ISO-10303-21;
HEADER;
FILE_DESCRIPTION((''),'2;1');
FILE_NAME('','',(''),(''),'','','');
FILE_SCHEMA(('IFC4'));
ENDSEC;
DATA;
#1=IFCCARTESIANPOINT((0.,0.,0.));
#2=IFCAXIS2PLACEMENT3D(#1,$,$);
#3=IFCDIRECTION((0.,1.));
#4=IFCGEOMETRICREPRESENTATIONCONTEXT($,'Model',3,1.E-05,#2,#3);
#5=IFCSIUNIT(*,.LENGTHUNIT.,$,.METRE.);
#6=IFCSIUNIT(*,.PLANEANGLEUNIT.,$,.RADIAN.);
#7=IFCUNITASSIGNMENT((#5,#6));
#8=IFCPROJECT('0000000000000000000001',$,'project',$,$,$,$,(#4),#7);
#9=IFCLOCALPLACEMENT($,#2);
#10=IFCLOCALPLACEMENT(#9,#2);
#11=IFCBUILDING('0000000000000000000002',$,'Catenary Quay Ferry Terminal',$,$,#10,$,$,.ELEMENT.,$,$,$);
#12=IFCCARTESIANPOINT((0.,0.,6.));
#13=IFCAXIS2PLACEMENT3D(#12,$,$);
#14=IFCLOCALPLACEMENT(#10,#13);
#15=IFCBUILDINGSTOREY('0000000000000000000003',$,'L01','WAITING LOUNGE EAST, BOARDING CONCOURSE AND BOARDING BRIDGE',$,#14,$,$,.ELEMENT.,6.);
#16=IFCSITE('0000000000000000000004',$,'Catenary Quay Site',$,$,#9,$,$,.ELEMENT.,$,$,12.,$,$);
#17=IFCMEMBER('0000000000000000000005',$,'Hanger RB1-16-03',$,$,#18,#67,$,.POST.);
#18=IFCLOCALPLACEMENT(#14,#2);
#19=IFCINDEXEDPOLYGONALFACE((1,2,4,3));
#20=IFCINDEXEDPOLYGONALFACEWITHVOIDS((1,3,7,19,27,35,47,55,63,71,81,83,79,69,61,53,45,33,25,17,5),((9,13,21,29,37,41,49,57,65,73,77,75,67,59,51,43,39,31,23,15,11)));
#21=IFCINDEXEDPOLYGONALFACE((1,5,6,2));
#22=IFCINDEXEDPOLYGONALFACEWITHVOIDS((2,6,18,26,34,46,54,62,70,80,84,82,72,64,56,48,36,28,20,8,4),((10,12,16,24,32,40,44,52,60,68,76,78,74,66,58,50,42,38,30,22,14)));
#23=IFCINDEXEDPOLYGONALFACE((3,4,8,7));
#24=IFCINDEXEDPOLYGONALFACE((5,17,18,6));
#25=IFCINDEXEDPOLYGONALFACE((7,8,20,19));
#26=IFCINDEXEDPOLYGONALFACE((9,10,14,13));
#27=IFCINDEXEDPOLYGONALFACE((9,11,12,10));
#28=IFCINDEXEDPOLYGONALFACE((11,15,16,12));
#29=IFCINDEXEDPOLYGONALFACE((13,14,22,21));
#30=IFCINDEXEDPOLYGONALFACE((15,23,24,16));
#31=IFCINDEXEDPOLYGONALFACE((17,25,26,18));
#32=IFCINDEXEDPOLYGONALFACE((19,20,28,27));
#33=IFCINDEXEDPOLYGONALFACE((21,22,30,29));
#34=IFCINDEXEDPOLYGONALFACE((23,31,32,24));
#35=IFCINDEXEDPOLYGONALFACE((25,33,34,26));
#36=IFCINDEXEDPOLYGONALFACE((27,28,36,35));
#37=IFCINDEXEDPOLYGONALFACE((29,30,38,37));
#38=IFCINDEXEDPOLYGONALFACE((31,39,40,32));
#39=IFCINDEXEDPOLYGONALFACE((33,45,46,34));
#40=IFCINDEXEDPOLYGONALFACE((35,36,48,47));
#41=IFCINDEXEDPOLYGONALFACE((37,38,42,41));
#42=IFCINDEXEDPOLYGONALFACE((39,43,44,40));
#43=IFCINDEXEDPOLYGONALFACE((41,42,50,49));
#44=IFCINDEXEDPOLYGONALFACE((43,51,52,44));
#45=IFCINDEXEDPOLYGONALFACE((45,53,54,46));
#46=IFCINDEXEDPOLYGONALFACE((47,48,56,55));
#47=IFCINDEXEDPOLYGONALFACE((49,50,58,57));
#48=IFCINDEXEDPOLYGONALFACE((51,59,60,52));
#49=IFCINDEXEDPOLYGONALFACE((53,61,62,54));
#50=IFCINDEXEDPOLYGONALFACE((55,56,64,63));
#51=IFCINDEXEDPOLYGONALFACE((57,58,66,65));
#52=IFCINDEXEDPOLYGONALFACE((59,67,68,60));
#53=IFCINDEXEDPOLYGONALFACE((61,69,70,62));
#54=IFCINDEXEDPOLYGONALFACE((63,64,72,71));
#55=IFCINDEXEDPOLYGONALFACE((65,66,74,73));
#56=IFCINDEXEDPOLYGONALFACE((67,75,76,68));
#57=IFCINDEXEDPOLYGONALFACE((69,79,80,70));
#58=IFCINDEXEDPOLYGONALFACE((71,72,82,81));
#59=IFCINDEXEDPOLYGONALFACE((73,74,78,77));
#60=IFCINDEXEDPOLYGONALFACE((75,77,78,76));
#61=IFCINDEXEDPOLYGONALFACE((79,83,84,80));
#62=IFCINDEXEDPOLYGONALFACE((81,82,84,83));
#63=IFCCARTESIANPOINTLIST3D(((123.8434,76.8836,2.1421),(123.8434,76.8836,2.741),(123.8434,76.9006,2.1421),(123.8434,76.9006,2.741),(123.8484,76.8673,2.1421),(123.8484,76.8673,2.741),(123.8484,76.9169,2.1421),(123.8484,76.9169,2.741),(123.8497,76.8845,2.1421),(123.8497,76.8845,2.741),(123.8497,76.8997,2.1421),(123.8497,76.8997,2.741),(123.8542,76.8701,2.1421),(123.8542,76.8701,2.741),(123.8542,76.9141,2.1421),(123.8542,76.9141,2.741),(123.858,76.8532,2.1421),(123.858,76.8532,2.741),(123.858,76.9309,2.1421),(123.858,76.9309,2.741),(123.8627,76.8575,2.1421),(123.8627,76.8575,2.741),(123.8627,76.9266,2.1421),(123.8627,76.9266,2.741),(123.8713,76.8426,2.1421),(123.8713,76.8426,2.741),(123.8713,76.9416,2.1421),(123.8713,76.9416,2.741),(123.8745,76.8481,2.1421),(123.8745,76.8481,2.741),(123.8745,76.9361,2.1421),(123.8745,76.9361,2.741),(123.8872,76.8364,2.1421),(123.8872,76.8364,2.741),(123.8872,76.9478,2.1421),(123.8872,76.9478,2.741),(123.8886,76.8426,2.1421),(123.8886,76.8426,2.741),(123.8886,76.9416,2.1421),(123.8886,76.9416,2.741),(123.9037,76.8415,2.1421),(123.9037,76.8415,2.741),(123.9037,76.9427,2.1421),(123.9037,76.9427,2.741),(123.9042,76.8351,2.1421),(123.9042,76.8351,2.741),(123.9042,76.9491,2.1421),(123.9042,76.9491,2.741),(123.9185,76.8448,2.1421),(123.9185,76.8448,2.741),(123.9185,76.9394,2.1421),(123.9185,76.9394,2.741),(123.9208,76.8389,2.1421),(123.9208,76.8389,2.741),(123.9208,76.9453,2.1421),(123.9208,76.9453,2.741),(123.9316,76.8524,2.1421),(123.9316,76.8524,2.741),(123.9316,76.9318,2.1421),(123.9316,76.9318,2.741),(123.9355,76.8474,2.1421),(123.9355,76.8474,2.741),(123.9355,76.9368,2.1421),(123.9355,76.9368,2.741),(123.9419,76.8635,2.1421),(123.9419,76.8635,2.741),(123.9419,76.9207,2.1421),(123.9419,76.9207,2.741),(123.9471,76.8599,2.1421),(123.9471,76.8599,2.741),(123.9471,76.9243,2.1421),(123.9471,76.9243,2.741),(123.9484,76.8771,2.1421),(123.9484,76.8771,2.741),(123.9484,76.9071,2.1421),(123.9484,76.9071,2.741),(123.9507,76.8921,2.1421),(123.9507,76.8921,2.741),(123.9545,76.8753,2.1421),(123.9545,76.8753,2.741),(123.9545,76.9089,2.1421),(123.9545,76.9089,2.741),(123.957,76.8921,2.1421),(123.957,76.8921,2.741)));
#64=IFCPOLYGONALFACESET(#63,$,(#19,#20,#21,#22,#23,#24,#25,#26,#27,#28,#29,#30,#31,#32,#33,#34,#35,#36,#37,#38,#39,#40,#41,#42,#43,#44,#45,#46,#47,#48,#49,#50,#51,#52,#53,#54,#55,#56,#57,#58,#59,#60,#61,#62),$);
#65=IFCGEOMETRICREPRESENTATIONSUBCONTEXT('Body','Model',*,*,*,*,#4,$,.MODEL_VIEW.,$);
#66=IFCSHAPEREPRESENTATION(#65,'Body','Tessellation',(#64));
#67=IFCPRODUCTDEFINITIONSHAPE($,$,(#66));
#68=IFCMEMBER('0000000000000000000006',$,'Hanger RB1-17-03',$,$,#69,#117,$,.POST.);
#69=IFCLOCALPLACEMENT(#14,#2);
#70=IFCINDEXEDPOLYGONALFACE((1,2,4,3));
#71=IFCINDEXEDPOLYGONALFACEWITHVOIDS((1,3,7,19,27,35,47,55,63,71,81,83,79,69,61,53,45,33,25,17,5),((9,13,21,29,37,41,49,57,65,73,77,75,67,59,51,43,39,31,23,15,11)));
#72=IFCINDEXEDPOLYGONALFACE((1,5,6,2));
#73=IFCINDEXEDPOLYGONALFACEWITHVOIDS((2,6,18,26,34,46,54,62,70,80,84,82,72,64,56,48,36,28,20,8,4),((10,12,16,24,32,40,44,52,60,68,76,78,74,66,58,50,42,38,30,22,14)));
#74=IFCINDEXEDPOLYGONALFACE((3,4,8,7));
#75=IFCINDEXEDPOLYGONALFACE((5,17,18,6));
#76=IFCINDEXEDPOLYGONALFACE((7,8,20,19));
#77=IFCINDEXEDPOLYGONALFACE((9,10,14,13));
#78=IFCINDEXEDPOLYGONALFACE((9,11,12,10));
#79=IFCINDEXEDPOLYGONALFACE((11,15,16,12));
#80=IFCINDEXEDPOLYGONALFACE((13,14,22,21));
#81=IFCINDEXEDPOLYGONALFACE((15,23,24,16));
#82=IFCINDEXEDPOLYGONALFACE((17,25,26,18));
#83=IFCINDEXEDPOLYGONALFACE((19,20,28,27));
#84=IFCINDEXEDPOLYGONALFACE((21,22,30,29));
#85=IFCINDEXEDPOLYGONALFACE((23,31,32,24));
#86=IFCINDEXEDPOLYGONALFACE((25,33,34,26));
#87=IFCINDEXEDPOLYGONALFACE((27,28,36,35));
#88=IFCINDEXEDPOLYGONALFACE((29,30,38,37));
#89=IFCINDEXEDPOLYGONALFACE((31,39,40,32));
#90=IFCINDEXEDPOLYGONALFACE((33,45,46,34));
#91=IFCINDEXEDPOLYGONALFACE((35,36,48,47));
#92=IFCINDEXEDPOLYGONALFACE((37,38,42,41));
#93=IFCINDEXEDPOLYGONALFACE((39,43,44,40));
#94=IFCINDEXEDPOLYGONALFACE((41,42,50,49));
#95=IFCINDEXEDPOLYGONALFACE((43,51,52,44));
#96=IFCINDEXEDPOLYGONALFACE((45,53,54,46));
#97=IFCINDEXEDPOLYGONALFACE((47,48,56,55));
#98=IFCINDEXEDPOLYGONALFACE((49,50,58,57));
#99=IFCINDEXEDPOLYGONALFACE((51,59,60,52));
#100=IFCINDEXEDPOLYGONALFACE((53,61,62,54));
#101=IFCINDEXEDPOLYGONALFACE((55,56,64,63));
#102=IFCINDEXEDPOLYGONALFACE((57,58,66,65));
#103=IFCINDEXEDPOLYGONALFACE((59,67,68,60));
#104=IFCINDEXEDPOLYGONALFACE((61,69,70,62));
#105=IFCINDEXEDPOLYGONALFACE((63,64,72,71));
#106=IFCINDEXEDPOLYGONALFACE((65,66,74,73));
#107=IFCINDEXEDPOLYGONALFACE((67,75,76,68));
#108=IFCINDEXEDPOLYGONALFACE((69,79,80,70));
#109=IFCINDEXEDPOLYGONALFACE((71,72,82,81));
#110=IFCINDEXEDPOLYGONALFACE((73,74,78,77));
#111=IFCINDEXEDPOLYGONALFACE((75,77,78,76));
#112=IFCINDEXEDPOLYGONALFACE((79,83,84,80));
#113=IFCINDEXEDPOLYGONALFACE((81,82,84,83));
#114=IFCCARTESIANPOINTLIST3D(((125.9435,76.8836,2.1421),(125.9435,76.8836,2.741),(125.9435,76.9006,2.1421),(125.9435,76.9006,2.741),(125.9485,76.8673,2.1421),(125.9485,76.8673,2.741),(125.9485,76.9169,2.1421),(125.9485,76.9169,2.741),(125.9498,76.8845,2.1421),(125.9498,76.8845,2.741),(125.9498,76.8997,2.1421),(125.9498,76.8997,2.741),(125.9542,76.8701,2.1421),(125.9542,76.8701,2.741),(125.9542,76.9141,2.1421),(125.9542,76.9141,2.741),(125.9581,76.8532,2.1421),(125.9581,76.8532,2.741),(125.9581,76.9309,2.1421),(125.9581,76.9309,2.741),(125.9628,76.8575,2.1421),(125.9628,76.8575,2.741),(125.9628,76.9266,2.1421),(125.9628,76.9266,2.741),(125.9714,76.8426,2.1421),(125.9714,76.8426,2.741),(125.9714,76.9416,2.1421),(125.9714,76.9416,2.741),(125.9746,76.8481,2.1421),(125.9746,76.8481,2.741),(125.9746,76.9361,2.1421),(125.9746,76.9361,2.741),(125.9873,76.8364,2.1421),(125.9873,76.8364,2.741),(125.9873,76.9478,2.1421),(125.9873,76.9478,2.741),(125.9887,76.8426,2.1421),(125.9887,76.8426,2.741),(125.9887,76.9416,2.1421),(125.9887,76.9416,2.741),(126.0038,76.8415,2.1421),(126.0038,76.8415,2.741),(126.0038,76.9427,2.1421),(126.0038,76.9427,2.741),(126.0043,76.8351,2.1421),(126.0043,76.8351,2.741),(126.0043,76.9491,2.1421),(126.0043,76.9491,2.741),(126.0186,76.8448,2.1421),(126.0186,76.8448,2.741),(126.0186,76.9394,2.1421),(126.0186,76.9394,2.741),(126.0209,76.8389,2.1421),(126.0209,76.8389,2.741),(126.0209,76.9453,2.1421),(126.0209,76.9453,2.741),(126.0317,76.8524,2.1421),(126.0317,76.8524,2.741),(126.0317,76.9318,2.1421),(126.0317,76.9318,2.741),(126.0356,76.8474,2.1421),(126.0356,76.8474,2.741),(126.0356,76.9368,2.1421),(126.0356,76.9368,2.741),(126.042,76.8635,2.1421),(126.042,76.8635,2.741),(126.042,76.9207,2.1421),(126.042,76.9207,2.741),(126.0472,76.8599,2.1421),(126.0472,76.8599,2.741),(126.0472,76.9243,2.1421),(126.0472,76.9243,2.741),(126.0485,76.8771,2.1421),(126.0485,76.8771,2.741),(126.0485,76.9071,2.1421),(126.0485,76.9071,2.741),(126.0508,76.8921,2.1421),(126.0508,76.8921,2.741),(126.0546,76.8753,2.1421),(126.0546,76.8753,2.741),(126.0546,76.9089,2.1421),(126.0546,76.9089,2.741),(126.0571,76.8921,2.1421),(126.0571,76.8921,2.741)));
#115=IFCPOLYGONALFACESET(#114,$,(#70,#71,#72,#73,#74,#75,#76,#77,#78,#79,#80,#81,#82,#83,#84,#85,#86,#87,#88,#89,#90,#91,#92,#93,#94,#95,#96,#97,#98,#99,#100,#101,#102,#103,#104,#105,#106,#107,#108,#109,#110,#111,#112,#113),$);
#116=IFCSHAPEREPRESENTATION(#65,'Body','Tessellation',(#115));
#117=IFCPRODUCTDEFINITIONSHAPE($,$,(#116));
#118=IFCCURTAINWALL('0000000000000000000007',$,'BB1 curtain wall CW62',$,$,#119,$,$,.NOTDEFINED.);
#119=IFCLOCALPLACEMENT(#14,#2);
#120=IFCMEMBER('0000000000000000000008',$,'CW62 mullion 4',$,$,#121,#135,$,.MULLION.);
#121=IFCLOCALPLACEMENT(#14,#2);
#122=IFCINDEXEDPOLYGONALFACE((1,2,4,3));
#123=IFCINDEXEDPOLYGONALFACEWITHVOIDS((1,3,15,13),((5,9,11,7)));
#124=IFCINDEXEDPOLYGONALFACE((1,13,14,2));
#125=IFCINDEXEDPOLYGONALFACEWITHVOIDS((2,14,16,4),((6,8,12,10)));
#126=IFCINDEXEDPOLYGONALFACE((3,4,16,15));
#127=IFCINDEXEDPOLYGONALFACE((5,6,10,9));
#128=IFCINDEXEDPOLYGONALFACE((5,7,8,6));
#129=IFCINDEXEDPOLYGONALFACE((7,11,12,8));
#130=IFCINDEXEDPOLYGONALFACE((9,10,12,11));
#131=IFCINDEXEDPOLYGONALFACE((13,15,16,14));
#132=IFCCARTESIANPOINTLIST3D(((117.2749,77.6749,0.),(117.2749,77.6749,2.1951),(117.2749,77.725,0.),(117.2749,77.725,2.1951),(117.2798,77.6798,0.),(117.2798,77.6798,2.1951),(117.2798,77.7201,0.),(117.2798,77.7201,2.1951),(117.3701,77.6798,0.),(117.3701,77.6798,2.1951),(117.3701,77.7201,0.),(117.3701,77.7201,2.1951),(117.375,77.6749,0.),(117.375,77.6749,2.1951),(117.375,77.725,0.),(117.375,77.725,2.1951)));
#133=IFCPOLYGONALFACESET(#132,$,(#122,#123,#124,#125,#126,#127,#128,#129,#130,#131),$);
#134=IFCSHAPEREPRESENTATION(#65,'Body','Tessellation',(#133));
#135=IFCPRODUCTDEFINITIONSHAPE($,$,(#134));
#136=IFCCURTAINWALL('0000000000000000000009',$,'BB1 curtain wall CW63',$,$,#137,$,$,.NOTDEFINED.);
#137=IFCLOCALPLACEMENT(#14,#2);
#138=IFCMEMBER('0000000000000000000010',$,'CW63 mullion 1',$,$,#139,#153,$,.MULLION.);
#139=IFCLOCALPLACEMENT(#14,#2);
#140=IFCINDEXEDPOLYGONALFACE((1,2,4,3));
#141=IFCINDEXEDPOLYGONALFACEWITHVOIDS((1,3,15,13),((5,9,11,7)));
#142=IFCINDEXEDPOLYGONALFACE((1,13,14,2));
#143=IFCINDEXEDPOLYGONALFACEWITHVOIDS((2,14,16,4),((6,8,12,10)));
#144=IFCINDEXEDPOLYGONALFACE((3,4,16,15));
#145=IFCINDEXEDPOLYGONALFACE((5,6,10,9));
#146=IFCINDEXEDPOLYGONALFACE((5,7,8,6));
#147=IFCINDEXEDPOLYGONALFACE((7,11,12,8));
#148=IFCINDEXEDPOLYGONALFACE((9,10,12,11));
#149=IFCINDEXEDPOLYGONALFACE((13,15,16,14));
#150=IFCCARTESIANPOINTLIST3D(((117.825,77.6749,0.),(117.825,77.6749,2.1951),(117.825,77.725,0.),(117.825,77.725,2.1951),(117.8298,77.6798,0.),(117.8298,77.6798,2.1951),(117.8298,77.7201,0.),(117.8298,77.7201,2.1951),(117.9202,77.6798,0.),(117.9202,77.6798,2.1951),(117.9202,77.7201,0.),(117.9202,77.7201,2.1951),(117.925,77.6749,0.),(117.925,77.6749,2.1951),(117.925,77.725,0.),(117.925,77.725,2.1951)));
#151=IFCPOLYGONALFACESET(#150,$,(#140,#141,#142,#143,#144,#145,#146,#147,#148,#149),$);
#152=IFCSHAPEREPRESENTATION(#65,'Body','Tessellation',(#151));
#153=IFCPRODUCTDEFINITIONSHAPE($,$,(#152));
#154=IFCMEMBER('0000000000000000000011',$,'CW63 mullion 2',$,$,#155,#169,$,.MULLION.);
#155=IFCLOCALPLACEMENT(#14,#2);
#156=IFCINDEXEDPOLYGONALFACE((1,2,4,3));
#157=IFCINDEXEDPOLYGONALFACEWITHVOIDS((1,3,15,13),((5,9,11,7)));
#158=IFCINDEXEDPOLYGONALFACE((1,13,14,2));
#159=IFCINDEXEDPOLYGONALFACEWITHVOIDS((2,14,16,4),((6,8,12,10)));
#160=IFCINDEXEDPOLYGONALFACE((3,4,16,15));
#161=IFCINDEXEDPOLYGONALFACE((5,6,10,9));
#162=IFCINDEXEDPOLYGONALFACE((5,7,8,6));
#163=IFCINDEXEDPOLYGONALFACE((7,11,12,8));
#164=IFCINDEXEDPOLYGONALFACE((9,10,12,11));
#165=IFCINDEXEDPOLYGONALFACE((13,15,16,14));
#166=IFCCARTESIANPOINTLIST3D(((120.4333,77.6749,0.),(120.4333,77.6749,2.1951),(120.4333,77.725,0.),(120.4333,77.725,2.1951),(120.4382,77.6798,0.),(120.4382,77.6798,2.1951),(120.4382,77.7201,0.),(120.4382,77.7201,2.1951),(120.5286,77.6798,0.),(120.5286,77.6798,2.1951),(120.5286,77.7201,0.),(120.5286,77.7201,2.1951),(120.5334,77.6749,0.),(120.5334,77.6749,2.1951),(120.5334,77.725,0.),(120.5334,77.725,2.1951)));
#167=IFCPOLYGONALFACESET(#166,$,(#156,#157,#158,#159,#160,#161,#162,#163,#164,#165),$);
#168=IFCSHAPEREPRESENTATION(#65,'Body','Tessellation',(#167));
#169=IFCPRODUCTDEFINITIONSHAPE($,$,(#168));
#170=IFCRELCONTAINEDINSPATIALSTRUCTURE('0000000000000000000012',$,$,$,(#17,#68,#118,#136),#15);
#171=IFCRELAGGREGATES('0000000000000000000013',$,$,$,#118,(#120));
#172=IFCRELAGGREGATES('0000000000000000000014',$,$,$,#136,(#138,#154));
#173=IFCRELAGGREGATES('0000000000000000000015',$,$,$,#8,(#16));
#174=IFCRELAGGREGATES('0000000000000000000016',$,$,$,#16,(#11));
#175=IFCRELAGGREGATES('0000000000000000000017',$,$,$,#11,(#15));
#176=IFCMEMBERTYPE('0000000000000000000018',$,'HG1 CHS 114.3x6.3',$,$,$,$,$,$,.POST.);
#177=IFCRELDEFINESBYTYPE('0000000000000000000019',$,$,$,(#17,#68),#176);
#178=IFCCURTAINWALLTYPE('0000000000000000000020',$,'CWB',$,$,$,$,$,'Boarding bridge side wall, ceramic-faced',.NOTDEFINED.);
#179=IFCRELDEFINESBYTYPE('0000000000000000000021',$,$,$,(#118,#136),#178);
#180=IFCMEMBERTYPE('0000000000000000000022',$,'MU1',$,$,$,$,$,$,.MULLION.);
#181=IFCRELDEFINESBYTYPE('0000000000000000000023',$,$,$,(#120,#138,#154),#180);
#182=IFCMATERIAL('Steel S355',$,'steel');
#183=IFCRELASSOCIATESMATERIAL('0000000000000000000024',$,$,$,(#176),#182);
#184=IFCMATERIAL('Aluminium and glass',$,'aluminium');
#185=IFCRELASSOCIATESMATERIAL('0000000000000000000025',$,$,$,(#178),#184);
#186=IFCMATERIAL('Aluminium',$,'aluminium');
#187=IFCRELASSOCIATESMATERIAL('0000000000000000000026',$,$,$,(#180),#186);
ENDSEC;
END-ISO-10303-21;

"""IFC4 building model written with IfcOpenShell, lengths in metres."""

from ifc_helpers import new_model, si_unit, direction, frame, origin, origin_2d, place, context, subcontext, project, spatial, hollow_rectangle, hollow_circle, extrude, material, material_profile, profile_set, type_object, element, aggregate, save


model = new_model("IFC4")

# Units and contexts
model_context = context("Model", 3, precision=1e-05, world=origin(), true_north=direction((0.0, 1.0)))
body_context = subcontext(model_context, "Body", "Model", "MODEL_VIEW")
ifc_project = project(units=[si_unit("LENGTHUNIT", "METRE"), si_unit("PLANEANGLEUNIT", "RADIAN")], contexts=[model_context])

# Site, building, storey
site_placement = place(None, origin())
site = spatial("IfcSite", under=ifc_project, at=site_placement, Name="Catenary Quay Site", CompositionType="ELEMENT", RefElevation=12.0)
building_placement = place(site_placement, origin())
building = spatial("IfcBuilding", under=site, at=building_placement, Name="Catenary Quay Ferry Terminal", CompositionType="ELEMENT")
storey_placement = place(building_placement, frame((0.0, 0.0, 6.0)))
storey = spatial("IfcBuildingStorey", under=building, at=storey_placement, Name="L01", Description="WAITING LOUNGE EAST, BOARDING CONCOURSE AND BOARDING BRIDGE", CompositionType="ELEMENT", Elevation=6.0)

# Members
ifc_material_1 = material(Name="Steel S355", Category="steel")
ifc_material_profile_1 = material_profile(ifc_material_1, hollow_circle(Radius=0.0571, WallThickness=0.0063, at=origin_2d()), Name="CHS 114.3x6.3")
ifc_profile_set_1 = profile_set([ifc_material_profile_1], Name="Steel S355")
member_type_1 = type_object("IfcMemberType", Name="HG1 CHS 114.3x6.3", PredefinedType="POST", material=ifc_profile_set_1)
for number, where, z_axis, x_axis, name in (
    (1, (123.8999, 76.8921, 2.1421), (0.0, 0.0, 1.0), (1.0, 0.0, 0.0), "Hanger RB1-16-03"),
    (2, (126.0, 76.8921, 2.1421), (0.0, 0.0, 1.0), (1.0, 0.0, 0.0), "Hanger RB1-17-03"),
):
    element("IfcMember", number, at=place(storey_placement, frame(where, z_axis=z_axis, x_axis=x_axis)), inside=storey, type_object=member_type_1, Name=name, PredefinedType="POST", context=body_context, shape_type="SweptSolid", body=[
        extrude(hollow_circle(Radius=0.0571, WallThickness=0.0063, at=origin_2d()), origin(), (0.0, 0.0, 1.0), 0.5989),
    ])

# Curtain wall, member
ifc_material_2 = material(Name="Aluminium and glass", Category="aluminium")
curtain_wall_type = type_object("IfcCurtainWallType", Name="CWB", ElementType="Boarding bridge side wall, ceramic-faced", PredefinedType="NOTDEFINED", material=ifc_material_2)
curtain_wall_1_placement = place(storey_placement, origin())
curtain_wall_1 = element("IfcCurtainWall", 3, at=curtain_wall_1_placement, inside=storey, type_object=curtain_wall_type, Name="BB1 curtain wall CW62", PredefinedType="NOTDEFINED")
ifc_material_3 = material(Name="Aluminium", Category="aluminium")
ifc_material_profile_2 = material_profile(ifc_material_3, hollow_rectangle(XDim=0.05, YDim=0.1001, WallThickness=0.0049, at=origin_2d()), Name="MU1")
ifc_profile_set_2 = profile_set([ifc_material_profile_2], Name="Aluminium")
member_type_2 = type_object("IfcMemberType", Name="MU1", PredefinedType="MULLION", material=ifc_profile_set_2)
member_1_placement = place(storey_placement, frame((117.325, 77.7, 0.0), z_axis=(0.0, 0.0, 1.0), x_axis=(0.0, 1.0, 0.0)))
member_1 = element("IfcMember", 4, at=member_1_placement, type_object=member_type_2, Name="CW62 mullion 4", PredefinedType="MULLION", context=body_context, shape_type="SweptSolid", body=[
    extrude(hollow_rectangle(XDim=0.05, YDim=0.1001, WallThickness=0.0049, at=origin_2d()), origin(), (0.0, 0.0, 1.0), 2.1951),
])

# Curtain wall, members
curtain_wall_2_placement = place(storey_placement, origin())
curtain_wall_2 = element("IfcCurtainWall", 5, at=curtain_wall_2_placement, inside=storey, type_object=curtain_wall_type, Name="BB1 curtain wall CW63", PredefinedType="NOTDEFINED")
member_2_placement = place(storey_placement, frame((117.875, 77.7, 0.0), z_axis=(0.0, 0.0, 1.0), x_axis=(0.0, 1.0, 0.0)))
member_2 = element("IfcMember", 6, at=member_2_placement, type_object=member_type_2, Name="CW63 mullion 1", PredefinedType="MULLION", context=body_context, shape_type="SweptSolid", body=[
    extrude(hollow_rectangle(XDim=0.05, YDim=0.1001, WallThickness=0.0049, at=origin_2d()), origin(), (0.0, 0.0, 1.0), 2.1951),
])
member_3_placement = place(storey_placement, frame((120.4834, 77.7, 0.0), z_axis=(0.0, 0.0, 1.0), x_axis=(0.0, 1.0, 0.0)))
member_3 = element("IfcMember", 7, at=member_3_placement, type_object=member_type_2, Name="CW63 mullion 2", PredefinedType="MULLION", context=body_context, shape_type="SweptSolid", body=[
    extrude(hollow_rectangle(XDim=0.05, YDim=0.1001, WallThickness=0.0049, at=origin_2d()), origin(), (0.0, 0.0, 1.0), 2.1951),
])

aggregate(curtain_wall_1, [member_1])
aggregate(curtain_wall_2, [member_2, member_3])

save(model, "model.ifc")
